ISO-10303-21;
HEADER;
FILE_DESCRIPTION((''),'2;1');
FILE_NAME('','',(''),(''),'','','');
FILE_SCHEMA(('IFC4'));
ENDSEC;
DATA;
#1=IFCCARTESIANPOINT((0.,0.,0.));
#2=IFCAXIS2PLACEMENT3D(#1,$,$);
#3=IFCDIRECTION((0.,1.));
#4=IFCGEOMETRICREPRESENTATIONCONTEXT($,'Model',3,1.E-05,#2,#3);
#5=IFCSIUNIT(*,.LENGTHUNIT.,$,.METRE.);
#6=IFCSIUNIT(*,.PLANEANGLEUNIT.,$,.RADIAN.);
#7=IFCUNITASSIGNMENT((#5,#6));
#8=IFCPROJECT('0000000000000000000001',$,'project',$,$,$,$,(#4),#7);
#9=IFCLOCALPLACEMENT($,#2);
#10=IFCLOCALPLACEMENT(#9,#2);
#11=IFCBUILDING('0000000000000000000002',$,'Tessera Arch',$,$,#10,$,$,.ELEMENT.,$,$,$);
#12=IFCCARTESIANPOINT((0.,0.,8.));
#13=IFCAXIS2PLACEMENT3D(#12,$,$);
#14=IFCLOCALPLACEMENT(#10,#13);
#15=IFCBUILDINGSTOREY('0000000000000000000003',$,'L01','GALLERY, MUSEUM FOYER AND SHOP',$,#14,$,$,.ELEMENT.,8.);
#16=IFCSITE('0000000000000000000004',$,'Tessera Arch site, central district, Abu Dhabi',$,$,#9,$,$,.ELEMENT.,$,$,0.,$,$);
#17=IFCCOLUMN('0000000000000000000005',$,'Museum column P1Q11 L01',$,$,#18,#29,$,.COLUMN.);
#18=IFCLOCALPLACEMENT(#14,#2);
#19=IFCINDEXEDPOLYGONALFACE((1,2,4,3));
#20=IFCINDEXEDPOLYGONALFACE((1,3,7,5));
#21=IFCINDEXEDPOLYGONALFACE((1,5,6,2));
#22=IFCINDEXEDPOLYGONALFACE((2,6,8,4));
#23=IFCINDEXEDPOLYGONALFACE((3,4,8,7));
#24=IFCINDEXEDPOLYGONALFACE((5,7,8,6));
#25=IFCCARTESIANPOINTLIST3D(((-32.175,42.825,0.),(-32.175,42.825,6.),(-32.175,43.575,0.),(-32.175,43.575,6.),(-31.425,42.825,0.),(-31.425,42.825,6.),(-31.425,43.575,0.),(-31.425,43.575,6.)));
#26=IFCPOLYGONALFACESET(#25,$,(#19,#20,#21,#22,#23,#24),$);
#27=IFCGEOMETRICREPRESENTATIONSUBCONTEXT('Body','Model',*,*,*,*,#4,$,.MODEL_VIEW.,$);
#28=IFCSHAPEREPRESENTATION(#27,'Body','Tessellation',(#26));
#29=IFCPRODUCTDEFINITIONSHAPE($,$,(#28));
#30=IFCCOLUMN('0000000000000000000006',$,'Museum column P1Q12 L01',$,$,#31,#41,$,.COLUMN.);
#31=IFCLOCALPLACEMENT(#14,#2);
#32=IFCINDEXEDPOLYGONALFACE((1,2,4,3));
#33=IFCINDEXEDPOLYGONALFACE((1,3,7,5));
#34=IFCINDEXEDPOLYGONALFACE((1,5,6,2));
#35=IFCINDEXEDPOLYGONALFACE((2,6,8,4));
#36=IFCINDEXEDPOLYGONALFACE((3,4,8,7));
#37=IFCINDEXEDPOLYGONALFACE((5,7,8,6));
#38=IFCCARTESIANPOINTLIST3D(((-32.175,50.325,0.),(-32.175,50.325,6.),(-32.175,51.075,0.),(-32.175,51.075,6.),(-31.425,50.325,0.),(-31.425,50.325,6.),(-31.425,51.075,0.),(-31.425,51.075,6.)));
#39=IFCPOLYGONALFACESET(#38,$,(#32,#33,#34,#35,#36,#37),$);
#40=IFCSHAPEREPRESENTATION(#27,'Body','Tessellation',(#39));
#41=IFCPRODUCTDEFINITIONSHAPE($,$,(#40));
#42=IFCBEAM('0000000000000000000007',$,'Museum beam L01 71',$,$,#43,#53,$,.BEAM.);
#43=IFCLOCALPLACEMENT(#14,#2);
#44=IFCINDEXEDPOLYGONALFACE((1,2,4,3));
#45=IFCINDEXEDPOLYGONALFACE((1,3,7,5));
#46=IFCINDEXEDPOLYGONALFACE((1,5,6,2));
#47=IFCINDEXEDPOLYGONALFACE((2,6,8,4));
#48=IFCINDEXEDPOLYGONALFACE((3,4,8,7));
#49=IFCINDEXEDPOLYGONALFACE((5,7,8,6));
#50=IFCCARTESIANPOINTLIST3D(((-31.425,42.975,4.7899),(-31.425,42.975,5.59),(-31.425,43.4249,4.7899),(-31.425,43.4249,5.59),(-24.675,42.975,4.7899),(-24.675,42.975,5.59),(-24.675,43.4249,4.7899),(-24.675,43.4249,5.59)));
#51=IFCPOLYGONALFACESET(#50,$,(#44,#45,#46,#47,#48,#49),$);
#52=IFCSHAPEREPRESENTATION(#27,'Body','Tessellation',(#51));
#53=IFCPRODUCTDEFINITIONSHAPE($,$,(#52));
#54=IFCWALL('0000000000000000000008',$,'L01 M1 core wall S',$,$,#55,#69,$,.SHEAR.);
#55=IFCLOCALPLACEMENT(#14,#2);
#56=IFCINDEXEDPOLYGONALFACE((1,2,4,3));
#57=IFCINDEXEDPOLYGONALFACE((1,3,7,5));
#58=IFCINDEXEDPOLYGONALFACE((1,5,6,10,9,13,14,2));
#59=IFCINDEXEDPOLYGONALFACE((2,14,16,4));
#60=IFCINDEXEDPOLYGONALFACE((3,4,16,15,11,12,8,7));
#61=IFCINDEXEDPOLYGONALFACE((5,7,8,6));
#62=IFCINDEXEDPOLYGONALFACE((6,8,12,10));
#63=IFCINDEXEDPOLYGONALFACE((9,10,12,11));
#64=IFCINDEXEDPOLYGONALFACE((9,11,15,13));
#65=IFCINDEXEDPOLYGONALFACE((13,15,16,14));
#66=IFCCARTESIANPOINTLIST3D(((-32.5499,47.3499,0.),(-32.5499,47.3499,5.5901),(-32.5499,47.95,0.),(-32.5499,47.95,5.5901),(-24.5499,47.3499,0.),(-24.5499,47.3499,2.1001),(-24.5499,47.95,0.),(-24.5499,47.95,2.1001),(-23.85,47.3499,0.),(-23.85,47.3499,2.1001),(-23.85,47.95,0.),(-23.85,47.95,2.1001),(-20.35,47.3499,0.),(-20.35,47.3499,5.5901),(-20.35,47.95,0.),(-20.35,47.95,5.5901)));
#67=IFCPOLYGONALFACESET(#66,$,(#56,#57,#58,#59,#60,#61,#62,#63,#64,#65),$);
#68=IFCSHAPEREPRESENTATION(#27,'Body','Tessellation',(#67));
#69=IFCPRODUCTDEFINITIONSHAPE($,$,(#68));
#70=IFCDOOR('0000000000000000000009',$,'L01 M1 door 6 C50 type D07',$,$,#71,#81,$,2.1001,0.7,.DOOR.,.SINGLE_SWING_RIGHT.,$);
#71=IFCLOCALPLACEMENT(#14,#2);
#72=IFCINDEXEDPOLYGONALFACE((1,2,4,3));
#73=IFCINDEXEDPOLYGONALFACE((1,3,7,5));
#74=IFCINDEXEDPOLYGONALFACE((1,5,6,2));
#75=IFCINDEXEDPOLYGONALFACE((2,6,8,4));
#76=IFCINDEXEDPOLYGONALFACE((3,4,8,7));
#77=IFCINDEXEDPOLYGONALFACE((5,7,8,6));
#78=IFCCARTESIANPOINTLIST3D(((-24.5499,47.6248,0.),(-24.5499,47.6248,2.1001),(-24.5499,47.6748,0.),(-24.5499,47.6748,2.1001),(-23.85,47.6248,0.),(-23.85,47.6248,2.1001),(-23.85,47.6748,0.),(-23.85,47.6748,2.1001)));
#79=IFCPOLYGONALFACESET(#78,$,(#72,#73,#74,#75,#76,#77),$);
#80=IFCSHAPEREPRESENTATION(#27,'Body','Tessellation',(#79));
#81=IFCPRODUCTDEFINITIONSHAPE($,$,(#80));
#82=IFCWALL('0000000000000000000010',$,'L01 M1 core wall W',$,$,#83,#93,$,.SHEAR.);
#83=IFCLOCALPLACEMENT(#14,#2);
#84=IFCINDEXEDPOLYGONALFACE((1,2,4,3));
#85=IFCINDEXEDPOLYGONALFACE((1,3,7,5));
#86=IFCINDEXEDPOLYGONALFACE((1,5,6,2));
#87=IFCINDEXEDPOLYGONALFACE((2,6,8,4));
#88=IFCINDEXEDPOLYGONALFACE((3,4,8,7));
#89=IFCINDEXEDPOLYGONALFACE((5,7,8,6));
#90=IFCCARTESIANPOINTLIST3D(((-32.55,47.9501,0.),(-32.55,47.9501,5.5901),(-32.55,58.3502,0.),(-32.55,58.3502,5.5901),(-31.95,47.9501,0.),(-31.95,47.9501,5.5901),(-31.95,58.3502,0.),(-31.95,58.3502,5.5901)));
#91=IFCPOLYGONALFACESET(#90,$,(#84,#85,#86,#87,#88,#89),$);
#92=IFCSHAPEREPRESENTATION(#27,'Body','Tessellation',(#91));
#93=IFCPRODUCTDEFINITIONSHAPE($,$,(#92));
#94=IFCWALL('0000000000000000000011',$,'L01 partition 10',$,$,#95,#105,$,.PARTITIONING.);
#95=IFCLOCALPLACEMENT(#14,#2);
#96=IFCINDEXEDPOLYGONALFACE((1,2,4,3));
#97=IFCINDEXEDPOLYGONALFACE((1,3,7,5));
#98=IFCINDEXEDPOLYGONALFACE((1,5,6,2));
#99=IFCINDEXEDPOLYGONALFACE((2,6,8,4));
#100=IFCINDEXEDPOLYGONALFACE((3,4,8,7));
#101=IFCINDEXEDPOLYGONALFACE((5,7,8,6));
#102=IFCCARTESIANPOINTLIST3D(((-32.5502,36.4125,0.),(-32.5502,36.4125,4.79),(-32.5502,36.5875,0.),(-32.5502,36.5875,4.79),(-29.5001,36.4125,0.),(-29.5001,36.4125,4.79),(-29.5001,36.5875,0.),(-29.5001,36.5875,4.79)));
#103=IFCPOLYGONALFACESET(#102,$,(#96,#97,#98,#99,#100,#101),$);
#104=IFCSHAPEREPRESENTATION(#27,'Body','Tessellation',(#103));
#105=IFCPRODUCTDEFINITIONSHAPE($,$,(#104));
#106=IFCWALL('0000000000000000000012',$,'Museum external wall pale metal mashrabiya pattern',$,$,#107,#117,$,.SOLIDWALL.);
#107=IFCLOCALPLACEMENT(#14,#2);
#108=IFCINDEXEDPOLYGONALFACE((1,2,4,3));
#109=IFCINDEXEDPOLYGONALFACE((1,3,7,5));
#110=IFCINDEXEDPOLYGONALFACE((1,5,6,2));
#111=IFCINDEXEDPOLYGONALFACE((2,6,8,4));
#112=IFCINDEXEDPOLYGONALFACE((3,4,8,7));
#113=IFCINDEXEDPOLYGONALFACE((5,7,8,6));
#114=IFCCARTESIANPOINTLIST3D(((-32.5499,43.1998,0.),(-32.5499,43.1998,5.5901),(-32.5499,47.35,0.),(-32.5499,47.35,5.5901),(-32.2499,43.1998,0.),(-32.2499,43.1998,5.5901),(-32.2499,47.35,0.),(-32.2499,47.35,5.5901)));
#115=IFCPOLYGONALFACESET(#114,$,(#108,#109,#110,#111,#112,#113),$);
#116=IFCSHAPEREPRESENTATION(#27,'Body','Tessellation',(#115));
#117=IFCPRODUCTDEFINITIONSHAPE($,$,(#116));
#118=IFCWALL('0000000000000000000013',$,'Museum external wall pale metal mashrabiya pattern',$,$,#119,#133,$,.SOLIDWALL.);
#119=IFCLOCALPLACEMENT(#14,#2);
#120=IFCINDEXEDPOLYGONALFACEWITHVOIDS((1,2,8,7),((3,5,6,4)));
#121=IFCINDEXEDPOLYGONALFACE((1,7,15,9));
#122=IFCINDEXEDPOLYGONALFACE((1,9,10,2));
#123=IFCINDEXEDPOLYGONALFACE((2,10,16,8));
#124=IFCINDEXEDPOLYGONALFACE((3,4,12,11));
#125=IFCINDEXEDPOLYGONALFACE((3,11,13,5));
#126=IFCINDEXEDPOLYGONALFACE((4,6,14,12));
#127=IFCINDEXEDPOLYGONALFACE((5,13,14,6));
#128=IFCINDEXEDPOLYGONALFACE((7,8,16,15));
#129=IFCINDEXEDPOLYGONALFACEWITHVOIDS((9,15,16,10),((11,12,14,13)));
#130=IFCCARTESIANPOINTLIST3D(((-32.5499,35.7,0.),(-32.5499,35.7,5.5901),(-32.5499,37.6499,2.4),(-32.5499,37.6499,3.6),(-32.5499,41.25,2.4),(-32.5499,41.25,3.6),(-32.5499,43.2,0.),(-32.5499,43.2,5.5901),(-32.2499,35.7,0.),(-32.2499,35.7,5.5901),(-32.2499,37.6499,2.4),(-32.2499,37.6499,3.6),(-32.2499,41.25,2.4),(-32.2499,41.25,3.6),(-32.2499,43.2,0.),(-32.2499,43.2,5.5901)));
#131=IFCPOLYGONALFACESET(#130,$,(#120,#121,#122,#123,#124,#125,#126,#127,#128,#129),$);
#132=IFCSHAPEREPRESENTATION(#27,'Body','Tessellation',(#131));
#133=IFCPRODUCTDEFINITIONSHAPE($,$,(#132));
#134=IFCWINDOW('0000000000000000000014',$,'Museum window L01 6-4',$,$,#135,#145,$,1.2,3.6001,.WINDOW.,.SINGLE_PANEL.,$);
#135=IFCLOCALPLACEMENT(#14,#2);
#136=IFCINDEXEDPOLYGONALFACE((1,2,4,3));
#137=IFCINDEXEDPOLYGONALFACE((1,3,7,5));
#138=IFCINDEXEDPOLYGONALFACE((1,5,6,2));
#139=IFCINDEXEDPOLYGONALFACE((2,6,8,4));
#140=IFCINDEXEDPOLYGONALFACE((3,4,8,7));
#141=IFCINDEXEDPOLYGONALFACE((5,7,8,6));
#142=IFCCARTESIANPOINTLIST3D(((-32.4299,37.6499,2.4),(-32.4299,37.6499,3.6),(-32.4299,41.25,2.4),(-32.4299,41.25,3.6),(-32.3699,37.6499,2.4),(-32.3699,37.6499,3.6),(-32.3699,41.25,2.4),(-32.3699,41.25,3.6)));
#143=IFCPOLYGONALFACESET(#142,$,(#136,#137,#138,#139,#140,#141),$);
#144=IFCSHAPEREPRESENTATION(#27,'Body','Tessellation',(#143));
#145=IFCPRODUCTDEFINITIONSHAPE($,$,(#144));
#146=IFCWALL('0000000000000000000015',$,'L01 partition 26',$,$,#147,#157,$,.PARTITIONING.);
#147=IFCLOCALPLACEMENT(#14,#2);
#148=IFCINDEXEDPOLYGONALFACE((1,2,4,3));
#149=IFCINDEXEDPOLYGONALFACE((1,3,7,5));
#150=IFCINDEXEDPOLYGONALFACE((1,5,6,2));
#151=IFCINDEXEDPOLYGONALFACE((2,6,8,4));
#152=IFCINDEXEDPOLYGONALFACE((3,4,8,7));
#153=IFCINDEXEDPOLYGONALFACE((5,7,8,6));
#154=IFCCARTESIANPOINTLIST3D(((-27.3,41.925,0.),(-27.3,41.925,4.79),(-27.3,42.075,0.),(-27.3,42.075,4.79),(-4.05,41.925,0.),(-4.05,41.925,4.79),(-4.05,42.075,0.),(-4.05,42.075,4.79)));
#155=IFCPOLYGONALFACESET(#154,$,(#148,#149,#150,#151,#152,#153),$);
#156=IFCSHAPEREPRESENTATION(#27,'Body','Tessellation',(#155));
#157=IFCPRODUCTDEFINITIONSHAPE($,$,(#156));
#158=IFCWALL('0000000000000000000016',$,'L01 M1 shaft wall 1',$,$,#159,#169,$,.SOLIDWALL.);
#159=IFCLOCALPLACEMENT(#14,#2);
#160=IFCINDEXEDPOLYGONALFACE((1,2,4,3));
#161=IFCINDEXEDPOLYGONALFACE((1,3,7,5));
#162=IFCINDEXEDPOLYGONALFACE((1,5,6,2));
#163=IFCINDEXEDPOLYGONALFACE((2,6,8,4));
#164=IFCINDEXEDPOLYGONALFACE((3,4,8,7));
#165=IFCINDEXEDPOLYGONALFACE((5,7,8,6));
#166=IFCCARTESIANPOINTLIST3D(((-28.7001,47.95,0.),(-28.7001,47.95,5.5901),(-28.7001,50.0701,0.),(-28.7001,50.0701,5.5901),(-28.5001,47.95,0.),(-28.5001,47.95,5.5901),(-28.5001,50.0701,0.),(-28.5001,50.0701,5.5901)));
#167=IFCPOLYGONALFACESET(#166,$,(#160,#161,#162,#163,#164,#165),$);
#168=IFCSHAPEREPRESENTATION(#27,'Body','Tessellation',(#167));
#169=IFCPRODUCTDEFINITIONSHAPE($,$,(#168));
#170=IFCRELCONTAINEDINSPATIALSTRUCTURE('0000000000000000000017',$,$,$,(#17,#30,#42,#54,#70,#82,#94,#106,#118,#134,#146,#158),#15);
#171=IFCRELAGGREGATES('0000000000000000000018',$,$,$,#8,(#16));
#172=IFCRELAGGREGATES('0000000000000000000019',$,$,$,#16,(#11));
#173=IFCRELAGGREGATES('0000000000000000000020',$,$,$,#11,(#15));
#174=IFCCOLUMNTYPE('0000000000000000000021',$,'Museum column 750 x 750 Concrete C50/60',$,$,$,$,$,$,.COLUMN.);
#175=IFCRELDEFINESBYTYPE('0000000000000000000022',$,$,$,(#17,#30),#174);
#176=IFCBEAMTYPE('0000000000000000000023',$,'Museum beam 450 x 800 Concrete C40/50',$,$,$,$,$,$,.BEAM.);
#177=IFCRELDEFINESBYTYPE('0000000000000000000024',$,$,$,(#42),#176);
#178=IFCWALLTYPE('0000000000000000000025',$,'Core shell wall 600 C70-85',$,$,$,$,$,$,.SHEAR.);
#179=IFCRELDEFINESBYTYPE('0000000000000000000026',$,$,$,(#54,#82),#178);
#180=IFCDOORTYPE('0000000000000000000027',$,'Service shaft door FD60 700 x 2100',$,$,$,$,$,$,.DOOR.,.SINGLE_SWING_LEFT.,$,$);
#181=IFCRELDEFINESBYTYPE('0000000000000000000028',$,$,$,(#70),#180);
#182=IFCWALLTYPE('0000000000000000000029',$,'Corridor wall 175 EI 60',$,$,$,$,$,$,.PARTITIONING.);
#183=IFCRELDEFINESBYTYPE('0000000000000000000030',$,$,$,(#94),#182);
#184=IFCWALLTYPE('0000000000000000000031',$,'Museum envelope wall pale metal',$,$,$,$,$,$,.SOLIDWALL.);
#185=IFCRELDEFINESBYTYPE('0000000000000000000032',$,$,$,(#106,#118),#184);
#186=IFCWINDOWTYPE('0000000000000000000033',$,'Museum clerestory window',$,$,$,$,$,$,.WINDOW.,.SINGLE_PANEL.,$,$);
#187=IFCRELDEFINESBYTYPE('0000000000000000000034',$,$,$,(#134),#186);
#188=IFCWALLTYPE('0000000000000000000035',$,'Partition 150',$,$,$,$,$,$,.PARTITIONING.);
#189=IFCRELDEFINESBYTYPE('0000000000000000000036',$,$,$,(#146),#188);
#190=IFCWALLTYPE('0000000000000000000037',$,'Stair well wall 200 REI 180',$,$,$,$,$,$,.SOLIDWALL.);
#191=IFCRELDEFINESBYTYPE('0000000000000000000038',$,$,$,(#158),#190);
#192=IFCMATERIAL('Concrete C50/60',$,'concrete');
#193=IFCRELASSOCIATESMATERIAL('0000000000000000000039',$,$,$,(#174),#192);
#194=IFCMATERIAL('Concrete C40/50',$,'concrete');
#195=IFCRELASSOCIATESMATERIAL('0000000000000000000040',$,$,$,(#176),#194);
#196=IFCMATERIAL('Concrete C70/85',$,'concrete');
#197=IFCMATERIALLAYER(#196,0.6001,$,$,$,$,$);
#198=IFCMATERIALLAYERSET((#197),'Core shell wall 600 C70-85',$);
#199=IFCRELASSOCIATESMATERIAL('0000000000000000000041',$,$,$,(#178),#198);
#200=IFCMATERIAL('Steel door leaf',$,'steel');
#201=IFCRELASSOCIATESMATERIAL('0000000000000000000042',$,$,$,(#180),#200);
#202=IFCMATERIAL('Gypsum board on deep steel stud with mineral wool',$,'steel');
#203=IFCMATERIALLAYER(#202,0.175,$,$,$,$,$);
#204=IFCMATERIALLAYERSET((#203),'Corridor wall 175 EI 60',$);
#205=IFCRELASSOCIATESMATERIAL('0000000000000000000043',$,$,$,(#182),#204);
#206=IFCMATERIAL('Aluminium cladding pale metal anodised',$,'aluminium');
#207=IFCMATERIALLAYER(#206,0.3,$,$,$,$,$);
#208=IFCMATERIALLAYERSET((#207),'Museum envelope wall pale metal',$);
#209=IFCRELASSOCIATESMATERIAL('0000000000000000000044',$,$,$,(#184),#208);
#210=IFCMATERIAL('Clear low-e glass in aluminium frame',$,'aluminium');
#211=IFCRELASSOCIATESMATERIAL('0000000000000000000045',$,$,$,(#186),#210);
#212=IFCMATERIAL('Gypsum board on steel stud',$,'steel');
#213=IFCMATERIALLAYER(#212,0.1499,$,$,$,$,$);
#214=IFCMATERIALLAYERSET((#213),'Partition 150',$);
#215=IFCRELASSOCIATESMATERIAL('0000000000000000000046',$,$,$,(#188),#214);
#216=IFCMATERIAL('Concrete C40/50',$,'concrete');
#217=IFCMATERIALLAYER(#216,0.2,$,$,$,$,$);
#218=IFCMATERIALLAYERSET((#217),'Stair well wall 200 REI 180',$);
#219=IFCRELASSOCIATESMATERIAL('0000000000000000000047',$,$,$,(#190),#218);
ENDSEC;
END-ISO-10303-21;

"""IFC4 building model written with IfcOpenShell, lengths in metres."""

from ifc_helpers import new_model, si_unit, direction, frame, frame_2d, origin, origin_2d, place, context, subcontext, project, spatial, rectangle, extrude, material, layer, layer_set, material_profile, profile_set, type_object, element, fill, save


model = new_model("IFC4")

# Units and contexts
model_context = context("Model", 3, precision=1e-05, world=origin(), true_north=direction((0.0, 1.0)))
body_context = subcontext(model_context, "Body", "Model", "MODEL_VIEW")
ifc_project = project(units=[si_unit("LENGTHUNIT", "METRE"), si_unit("PLANEANGLEUNIT", "RADIAN")], contexts=[model_context])

# Site, building, storey
site_placement = place(None, origin())
site = spatial("IfcSite", under=ifc_project, at=site_placement, Name="Tessera Arch site, central district, Abu Dhabi", CompositionType="ELEMENT", RefElevation=0.0)
building_placement = place(site_placement, origin())
building = spatial("IfcBuilding", under=site, at=building_placement, Name="Tessera Arch", CompositionType="ELEMENT")
storey_placement = place(building_placement, frame((0.0, 0.0, 8.0)))
storey = spatial("IfcBuildingStorey", under=building, at=storey_placement, Name="L01", Description="GALLERY, MUSEUM FOYER AND SHOP", CompositionType="ELEMENT", Elevation=8.0)

# Columns
ifc_material_1 = material(Name="Concrete C50/60", Category="concrete")
ifc_material_profile_1 = material_profile(ifc_material_1, rectangle(XDim=0.75, YDim=0.75, at=origin_2d()), Name="Museum column 750 x 750 Concrete C50/60")
ifc_profile_set_1 = profile_set([ifc_material_profile_1], Name="Concrete C50/60")
column_type = type_object("IfcColumnType", Name="Museum column 750 x 750 Concrete C50/60", PredefinedType="COLUMN", material=ifc_profile_set_1)
for number, where, z_axis, x_axis, name in (
    (1, (-31.8, 43.2, 0.0), (0.0, 0.0, 1.0), (1.0, 0.0, 0.0), "Museum column P1Q11 L01"),
    (2, (-31.8, 50.7, 0.0), (0.0, 0.0, 1.0), (1.0, 0.0, 0.0), "Museum column P1Q12 L01"),
):
    element("IfcColumn", number, at=place(storey_placement, frame(where, z_axis=z_axis, x_axis=x_axis)), inside=storey, type_object=column_type, Name=name, PredefinedType="COLUMN", context=body_context, shape_type="SweptSolid", body=[
        extrude(rectangle(XDim=0.75, YDim=0.75, at=origin_2d()), origin(), (0.0, 0.0, 1.0), 6.0),
    ])

# Beam
ifc_material_2 = material(Name="Concrete C40/50", Category="concrete")
ifc_material_profile_2 = material_profile(ifc_material_2, rectangle(XDim=0.45, YDim=0.8, at=origin_2d()), Name="Museum beam 450 x 800 Concrete C40/50")
ifc_profile_set_2 = profile_set([ifc_material_profile_2], Name="Concrete C40/50")
beam_type = type_object("IfcBeamType", Name="Museum beam 450 x 800 Concrete C40/50", PredefinedType="BEAM", material=ifc_profile_set_2)
beam_placement = place(storey_placement, frame((-31.425, 43.2, 5.1899), z_axis=(1.0, 0.0, 0.0), x_axis=(0.0, 1.0, 0.0)))
element("IfcBeam", 3, at=beam_placement, inside=storey, type_object=beam_type, Name="Museum beam L01 71", PredefinedType="BEAM", context=body_context, shape_type="SweptSolid", body=[
    extrude(rectangle(XDim=0.45, YDim=0.8, at=origin_2d()), origin(), (0.0, 0.0, 1.0), 6.75),
])

# Wall, opening, door
ifc_material_3 = material(Name="Concrete C70/85", Category="concrete")
ifc_layer_1 = layer(ifc_material_3, 0.6001)
ifc_layer_set_1 = layer_set([ifc_layer_1], Name="Core shell wall 600 C70-85")
wall_type_1 = type_object("IfcWallType", Name="Core shell wall 600 C70-85", PredefinedType="SHEAR", material=ifc_layer_set_1)
wall_1_placement = place(storey_placement, frame((-32.55, 47.6499, 0.0), z_axis=(0.0, 0.0, 1.0), x_axis=(1.0, 0.0, 0.0)))
wall_1 = element("IfcWall", 4, at=wall_1_placement, inside=storey, type_object=wall_type_1, Name="L01 M1 core wall S", PredefinedType="SHEAR", context=body_context, shape_type="SweptSolid", body=[
    extrude(rectangle(XDim=12.2, YDim=0.6001, at=frame_2d((6.1001, 0.0))), origin(), (0.0, 0.0, 1.0), 5.5901),
])
opening_1_placement = place(wall_1_placement, frame((8.0, 0.0, 0.0)))
opening_1 = element("IfcOpeningElement", 5, at=opening_1_placement, cuts=wall_1, PredefinedType="OPENING", context=body_context, shape_type="SweptSolid", body=[
    extrude(rectangle(XDim=0.7, YDim=2.1001, at=frame_2d((0.3501, 1.05))), frame((0.0, 0.3101, 0.0), z_axis=(0.0, -1.0, 0.0), x_axis=(1.0, 0.0, 0.0)), (0.0, 0.0, 1.0), 0.6201),
])
ifc_material_4 = material(Name="Steel door leaf", Category="steel")
door_type = type_object("IfcDoorType", Name="Service shaft door FD60 700 x 2100", OperationType="SINGLE_SWING_LEFT", PredefinedType="DOOR", material=ifc_material_4)
door_placement = place(opening_1_placement, origin())
door = element("IfcDoor", 6, at=door_placement, inside=storey, type_object=door_type, Name="L01 M1 door 6 C50 type D07", OperationType="SINGLE_SWING_RIGHT", OverallHeight=2.1001, OverallWidth=0.7, PredefinedType="DOOR", context=body_context, shape_type="SweptSolid", body=[
    extrude(rectangle(XDim=0.7, YDim=2.1001, at=frame_2d((0.3501, 1.05))), frame((0.0, 0.0249, 0.0), z_axis=(0.0, -1.0, 0.0), x_axis=(1.0, 0.0, 0.0)), (0.0, 0.0, 1.0), 0.05),
])
fill(opening_1, door)

# Walls
wall_2_placement = place(storey_placement, frame((-32.25, 47.95, 0.0), z_axis=(0.0, 0.0, 1.0), x_axis=(0.0, 1.0, 0.0)))
element("IfcWall", 7, at=wall_2_placement, inside=storey, type_object=wall_type_1, Name="L01 M1 core wall W", PredefinedType="SHEAR", context=body_context, shape_type="SweptSolid", body=[
    extrude(rectangle(XDim=10.4001, YDim=0.6001, at=frame_2d((5.2002, 0.0))), origin(), (0.0, 0.0, 1.0), 5.5901),
])
ifc_material_5 = material(Name="Gypsum board on deep steel stud with mineral wool", Category="steel")
ifc_layer_2 = layer(ifc_material_5, 0.175)
ifc_layer_set_2 = layer_set([ifc_layer_2], Name="Corridor wall 175 EI 60")
wall_type_2 = type_object("IfcWallType", Name="Corridor wall 175 EI 60", PredefinedType="PARTITIONING", material=ifc_layer_set_2)
wall_3_placement = place(storey_placement, frame((-32.55, 36.5, 0.0), z_axis=(0.0, 0.0, 1.0), x_axis=(1.0, 0.0, 0.0)))
element("IfcWall", 8, at=wall_3_placement, inside=storey, type_object=wall_type_2, Name="L01 partition 10", PredefinedType="PARTITIONING", context=body_context, shape_type="SweptSolid", body=[
    extrude(rectangle(XDim=3.05, YDim=0.175, at=frame_2d((1.5249, 0.0))), origin(), (0.0, 0.0, 1.0), 4.79),
])
ifc_material_6 = material(Name="Aluminium cladding pale metal anodised", Category="aluminium")
ifc_layer_3 = layer(ifc_material_6, 0.3)
ifc_layer_set_3 = layer_set([ifc_layer_3], Name="Museum envelope wall pale metal")
wall_type_3 = type_object("IfcWallType", Name="Museum envelope wall pale metal", PredefinedType="SOLIDWALL", material=ifc_layer_set_3)
wall_4_placement = place(storey_placement, frame((-32.3999, 47.3501, 0.0), z_axis=(0.0, 0.0, 1.0), x_axis=(0.0, -1.0, 0.0)))
element("IfcWall", 9, at=wall_4_placement, inside=storey, type_object=wall_type_3, Name="Museum external wall pale metal mashrabiya pattern", PredefinedType="SOLIDWALL", context=body_context, shape_type="SweptSolid", body=[
    extrude(rectangle(XDim=4.1501, YDim=0.3, at=frame_2d((2.0752, 0.0))), origin(), (0.0, 0.0, 1.0), 5.5901),
])

# Wall, opening, window
wall_5_placement = place(storey_placement, frame((-32.3999, 43.2, 0.0), z_axis=(0.0, 0.0, 1.0), x_axis=(0.0, -1.0, 0.0)))
wall_5 = element("IfcWall", 10, at=wall_5_placement, inside=storey, type_object=wall_type_3, Name="Museum external wall pale metal mashrabiya pattern", PredefinedType="SOLIDWALL", context=body_context, shape_type="SweptSolid", body=[
    extrude(rectangle(XDim=7.5, YDim=0.3, at=frame_2d((3.75, 0.0))), origin(), (0.0, 0.0, 1.0), 5.5901),
])
opening_2_placement = place(wall_5_placement, frame((1.95, 0.0, 2.3999)))
opening_2 = element("IfcOpeningElement", 11, at=opening_2_placement, cuts=wall_5, PredefinedType="OPENING", context=body_context, shape_type="SweptSolid", body=[
    extrude(rectangle(XDim=3.6001, YDim=1.2, at=frame_2d((1.8, 0.6001))), frame((0.0, 0.1599, 0.0), z_axis=(0.0, -1.0, 0.0), x_axis=(1.0, 0.0, 0.0)), (0.0, 0.0, 1.0), 0.3201),
])
ifc_material_7 = material(Name="Clear low-e glass in aluminium frame", Category="aluminium")
window_type = type_object("IfcWindowType", Name="Museum clerestory window", PartitioningType="SINGLE_PANEL", PredefinedType="WINDOW", material=ifc_material_7)
window_placement = place(opening_2_placement, origin())
window = element("IfcWindow", 12, at=window_placement, inside=storey, type_object=window_type, Name="Museum window L01 6-4", OverallHeight=1.2, OverallWidth=3.6001, PartitioningType="SINGLE_PANEL", PredefinedType="WINDOW", context=body_context, shape_type="SweptSolid", body=[
    extrude(rectangle(XDim=3.6001, YDim=1.2, at=frame_2d((1.8, 0.6001))), frame((0.0, 0.03, 0.0), z_axis=(0.0, -1.0, 0.0), x_axis=(1.0, 0.0, 0.0)), (0.0, 0.0, 1.0), 0.0601),
])
fill(opening_2, window)

# Walls
ifc_material_8 = material(Name="Gypsum board on steel stud", Category="steel")
ifc_layer_4 = layer(ifc_material_8, 0.1499)
ifc_layer_set_4 = layer_set([ifc_layer_4], Name="Partition 150")
wall_type_4 = type_object("IfcWallType", Name="Partition 150", PredefinedType="PARTITIONING", material=ifc_layer_set_4)
wall_6_placement = place(storey_placement, frame((-27.3, 42.0, 0.0), z_axis=(0.0, 0.0, 1.0), x_axis=(1.0, 0.0, 0.0)))
element("IfcWall", 13, at=wall_6_placement, inside=storey, type_object=wall_type_4, Name="L01 partition 26", PredefinedType="PARTITIONING", context=body_context, shape_type="SweptSolid", body=[
    extrude(rectangle(XDim=23.25, YDim=0.1499, at=frame_2d((11.625, 0.0))), origin(), (0.0, 0.0, 1.0), 4.79),
])
ifc_material_9 = material(Name="Concrete C40/50", Category="concrete")
ifc_layer_5 = layer(ifc_material_9, 0.2)
ifc_layer_set_5 = layer_set([ifc_layer_5], Name="Stair well wall 200 REI 180")
wall_type_5 = type_object("IfcWallType", Name="Stair well wall 200 REI 180", PredefinedType="SOLIDWALL", material=ifc_layer_set_5)
wall_7_placement = place(storey_placement, frame((-28.6001, 47.95, 0.0), z_axis=(0.0, 0.0, 1.0), x_axis=(0.0, 1.0, 0.0)))
element("IfcWall", 14, at=wall_7_placement, inside=storey, type_object=wall_type_5, Name="L01 M1 shaft wall 1", PredefinedType="SOLIDWALL", context=body_context, shape_type="SweptSolid", body=[
    extrude(rectangle(XDim=2.1201, YDim=0.2, at=frame_2d((1.0601, 0.0))), origin(), (0.0, 0.0, 1.0), 5.5901),
])

save(model, "model.ifc")
